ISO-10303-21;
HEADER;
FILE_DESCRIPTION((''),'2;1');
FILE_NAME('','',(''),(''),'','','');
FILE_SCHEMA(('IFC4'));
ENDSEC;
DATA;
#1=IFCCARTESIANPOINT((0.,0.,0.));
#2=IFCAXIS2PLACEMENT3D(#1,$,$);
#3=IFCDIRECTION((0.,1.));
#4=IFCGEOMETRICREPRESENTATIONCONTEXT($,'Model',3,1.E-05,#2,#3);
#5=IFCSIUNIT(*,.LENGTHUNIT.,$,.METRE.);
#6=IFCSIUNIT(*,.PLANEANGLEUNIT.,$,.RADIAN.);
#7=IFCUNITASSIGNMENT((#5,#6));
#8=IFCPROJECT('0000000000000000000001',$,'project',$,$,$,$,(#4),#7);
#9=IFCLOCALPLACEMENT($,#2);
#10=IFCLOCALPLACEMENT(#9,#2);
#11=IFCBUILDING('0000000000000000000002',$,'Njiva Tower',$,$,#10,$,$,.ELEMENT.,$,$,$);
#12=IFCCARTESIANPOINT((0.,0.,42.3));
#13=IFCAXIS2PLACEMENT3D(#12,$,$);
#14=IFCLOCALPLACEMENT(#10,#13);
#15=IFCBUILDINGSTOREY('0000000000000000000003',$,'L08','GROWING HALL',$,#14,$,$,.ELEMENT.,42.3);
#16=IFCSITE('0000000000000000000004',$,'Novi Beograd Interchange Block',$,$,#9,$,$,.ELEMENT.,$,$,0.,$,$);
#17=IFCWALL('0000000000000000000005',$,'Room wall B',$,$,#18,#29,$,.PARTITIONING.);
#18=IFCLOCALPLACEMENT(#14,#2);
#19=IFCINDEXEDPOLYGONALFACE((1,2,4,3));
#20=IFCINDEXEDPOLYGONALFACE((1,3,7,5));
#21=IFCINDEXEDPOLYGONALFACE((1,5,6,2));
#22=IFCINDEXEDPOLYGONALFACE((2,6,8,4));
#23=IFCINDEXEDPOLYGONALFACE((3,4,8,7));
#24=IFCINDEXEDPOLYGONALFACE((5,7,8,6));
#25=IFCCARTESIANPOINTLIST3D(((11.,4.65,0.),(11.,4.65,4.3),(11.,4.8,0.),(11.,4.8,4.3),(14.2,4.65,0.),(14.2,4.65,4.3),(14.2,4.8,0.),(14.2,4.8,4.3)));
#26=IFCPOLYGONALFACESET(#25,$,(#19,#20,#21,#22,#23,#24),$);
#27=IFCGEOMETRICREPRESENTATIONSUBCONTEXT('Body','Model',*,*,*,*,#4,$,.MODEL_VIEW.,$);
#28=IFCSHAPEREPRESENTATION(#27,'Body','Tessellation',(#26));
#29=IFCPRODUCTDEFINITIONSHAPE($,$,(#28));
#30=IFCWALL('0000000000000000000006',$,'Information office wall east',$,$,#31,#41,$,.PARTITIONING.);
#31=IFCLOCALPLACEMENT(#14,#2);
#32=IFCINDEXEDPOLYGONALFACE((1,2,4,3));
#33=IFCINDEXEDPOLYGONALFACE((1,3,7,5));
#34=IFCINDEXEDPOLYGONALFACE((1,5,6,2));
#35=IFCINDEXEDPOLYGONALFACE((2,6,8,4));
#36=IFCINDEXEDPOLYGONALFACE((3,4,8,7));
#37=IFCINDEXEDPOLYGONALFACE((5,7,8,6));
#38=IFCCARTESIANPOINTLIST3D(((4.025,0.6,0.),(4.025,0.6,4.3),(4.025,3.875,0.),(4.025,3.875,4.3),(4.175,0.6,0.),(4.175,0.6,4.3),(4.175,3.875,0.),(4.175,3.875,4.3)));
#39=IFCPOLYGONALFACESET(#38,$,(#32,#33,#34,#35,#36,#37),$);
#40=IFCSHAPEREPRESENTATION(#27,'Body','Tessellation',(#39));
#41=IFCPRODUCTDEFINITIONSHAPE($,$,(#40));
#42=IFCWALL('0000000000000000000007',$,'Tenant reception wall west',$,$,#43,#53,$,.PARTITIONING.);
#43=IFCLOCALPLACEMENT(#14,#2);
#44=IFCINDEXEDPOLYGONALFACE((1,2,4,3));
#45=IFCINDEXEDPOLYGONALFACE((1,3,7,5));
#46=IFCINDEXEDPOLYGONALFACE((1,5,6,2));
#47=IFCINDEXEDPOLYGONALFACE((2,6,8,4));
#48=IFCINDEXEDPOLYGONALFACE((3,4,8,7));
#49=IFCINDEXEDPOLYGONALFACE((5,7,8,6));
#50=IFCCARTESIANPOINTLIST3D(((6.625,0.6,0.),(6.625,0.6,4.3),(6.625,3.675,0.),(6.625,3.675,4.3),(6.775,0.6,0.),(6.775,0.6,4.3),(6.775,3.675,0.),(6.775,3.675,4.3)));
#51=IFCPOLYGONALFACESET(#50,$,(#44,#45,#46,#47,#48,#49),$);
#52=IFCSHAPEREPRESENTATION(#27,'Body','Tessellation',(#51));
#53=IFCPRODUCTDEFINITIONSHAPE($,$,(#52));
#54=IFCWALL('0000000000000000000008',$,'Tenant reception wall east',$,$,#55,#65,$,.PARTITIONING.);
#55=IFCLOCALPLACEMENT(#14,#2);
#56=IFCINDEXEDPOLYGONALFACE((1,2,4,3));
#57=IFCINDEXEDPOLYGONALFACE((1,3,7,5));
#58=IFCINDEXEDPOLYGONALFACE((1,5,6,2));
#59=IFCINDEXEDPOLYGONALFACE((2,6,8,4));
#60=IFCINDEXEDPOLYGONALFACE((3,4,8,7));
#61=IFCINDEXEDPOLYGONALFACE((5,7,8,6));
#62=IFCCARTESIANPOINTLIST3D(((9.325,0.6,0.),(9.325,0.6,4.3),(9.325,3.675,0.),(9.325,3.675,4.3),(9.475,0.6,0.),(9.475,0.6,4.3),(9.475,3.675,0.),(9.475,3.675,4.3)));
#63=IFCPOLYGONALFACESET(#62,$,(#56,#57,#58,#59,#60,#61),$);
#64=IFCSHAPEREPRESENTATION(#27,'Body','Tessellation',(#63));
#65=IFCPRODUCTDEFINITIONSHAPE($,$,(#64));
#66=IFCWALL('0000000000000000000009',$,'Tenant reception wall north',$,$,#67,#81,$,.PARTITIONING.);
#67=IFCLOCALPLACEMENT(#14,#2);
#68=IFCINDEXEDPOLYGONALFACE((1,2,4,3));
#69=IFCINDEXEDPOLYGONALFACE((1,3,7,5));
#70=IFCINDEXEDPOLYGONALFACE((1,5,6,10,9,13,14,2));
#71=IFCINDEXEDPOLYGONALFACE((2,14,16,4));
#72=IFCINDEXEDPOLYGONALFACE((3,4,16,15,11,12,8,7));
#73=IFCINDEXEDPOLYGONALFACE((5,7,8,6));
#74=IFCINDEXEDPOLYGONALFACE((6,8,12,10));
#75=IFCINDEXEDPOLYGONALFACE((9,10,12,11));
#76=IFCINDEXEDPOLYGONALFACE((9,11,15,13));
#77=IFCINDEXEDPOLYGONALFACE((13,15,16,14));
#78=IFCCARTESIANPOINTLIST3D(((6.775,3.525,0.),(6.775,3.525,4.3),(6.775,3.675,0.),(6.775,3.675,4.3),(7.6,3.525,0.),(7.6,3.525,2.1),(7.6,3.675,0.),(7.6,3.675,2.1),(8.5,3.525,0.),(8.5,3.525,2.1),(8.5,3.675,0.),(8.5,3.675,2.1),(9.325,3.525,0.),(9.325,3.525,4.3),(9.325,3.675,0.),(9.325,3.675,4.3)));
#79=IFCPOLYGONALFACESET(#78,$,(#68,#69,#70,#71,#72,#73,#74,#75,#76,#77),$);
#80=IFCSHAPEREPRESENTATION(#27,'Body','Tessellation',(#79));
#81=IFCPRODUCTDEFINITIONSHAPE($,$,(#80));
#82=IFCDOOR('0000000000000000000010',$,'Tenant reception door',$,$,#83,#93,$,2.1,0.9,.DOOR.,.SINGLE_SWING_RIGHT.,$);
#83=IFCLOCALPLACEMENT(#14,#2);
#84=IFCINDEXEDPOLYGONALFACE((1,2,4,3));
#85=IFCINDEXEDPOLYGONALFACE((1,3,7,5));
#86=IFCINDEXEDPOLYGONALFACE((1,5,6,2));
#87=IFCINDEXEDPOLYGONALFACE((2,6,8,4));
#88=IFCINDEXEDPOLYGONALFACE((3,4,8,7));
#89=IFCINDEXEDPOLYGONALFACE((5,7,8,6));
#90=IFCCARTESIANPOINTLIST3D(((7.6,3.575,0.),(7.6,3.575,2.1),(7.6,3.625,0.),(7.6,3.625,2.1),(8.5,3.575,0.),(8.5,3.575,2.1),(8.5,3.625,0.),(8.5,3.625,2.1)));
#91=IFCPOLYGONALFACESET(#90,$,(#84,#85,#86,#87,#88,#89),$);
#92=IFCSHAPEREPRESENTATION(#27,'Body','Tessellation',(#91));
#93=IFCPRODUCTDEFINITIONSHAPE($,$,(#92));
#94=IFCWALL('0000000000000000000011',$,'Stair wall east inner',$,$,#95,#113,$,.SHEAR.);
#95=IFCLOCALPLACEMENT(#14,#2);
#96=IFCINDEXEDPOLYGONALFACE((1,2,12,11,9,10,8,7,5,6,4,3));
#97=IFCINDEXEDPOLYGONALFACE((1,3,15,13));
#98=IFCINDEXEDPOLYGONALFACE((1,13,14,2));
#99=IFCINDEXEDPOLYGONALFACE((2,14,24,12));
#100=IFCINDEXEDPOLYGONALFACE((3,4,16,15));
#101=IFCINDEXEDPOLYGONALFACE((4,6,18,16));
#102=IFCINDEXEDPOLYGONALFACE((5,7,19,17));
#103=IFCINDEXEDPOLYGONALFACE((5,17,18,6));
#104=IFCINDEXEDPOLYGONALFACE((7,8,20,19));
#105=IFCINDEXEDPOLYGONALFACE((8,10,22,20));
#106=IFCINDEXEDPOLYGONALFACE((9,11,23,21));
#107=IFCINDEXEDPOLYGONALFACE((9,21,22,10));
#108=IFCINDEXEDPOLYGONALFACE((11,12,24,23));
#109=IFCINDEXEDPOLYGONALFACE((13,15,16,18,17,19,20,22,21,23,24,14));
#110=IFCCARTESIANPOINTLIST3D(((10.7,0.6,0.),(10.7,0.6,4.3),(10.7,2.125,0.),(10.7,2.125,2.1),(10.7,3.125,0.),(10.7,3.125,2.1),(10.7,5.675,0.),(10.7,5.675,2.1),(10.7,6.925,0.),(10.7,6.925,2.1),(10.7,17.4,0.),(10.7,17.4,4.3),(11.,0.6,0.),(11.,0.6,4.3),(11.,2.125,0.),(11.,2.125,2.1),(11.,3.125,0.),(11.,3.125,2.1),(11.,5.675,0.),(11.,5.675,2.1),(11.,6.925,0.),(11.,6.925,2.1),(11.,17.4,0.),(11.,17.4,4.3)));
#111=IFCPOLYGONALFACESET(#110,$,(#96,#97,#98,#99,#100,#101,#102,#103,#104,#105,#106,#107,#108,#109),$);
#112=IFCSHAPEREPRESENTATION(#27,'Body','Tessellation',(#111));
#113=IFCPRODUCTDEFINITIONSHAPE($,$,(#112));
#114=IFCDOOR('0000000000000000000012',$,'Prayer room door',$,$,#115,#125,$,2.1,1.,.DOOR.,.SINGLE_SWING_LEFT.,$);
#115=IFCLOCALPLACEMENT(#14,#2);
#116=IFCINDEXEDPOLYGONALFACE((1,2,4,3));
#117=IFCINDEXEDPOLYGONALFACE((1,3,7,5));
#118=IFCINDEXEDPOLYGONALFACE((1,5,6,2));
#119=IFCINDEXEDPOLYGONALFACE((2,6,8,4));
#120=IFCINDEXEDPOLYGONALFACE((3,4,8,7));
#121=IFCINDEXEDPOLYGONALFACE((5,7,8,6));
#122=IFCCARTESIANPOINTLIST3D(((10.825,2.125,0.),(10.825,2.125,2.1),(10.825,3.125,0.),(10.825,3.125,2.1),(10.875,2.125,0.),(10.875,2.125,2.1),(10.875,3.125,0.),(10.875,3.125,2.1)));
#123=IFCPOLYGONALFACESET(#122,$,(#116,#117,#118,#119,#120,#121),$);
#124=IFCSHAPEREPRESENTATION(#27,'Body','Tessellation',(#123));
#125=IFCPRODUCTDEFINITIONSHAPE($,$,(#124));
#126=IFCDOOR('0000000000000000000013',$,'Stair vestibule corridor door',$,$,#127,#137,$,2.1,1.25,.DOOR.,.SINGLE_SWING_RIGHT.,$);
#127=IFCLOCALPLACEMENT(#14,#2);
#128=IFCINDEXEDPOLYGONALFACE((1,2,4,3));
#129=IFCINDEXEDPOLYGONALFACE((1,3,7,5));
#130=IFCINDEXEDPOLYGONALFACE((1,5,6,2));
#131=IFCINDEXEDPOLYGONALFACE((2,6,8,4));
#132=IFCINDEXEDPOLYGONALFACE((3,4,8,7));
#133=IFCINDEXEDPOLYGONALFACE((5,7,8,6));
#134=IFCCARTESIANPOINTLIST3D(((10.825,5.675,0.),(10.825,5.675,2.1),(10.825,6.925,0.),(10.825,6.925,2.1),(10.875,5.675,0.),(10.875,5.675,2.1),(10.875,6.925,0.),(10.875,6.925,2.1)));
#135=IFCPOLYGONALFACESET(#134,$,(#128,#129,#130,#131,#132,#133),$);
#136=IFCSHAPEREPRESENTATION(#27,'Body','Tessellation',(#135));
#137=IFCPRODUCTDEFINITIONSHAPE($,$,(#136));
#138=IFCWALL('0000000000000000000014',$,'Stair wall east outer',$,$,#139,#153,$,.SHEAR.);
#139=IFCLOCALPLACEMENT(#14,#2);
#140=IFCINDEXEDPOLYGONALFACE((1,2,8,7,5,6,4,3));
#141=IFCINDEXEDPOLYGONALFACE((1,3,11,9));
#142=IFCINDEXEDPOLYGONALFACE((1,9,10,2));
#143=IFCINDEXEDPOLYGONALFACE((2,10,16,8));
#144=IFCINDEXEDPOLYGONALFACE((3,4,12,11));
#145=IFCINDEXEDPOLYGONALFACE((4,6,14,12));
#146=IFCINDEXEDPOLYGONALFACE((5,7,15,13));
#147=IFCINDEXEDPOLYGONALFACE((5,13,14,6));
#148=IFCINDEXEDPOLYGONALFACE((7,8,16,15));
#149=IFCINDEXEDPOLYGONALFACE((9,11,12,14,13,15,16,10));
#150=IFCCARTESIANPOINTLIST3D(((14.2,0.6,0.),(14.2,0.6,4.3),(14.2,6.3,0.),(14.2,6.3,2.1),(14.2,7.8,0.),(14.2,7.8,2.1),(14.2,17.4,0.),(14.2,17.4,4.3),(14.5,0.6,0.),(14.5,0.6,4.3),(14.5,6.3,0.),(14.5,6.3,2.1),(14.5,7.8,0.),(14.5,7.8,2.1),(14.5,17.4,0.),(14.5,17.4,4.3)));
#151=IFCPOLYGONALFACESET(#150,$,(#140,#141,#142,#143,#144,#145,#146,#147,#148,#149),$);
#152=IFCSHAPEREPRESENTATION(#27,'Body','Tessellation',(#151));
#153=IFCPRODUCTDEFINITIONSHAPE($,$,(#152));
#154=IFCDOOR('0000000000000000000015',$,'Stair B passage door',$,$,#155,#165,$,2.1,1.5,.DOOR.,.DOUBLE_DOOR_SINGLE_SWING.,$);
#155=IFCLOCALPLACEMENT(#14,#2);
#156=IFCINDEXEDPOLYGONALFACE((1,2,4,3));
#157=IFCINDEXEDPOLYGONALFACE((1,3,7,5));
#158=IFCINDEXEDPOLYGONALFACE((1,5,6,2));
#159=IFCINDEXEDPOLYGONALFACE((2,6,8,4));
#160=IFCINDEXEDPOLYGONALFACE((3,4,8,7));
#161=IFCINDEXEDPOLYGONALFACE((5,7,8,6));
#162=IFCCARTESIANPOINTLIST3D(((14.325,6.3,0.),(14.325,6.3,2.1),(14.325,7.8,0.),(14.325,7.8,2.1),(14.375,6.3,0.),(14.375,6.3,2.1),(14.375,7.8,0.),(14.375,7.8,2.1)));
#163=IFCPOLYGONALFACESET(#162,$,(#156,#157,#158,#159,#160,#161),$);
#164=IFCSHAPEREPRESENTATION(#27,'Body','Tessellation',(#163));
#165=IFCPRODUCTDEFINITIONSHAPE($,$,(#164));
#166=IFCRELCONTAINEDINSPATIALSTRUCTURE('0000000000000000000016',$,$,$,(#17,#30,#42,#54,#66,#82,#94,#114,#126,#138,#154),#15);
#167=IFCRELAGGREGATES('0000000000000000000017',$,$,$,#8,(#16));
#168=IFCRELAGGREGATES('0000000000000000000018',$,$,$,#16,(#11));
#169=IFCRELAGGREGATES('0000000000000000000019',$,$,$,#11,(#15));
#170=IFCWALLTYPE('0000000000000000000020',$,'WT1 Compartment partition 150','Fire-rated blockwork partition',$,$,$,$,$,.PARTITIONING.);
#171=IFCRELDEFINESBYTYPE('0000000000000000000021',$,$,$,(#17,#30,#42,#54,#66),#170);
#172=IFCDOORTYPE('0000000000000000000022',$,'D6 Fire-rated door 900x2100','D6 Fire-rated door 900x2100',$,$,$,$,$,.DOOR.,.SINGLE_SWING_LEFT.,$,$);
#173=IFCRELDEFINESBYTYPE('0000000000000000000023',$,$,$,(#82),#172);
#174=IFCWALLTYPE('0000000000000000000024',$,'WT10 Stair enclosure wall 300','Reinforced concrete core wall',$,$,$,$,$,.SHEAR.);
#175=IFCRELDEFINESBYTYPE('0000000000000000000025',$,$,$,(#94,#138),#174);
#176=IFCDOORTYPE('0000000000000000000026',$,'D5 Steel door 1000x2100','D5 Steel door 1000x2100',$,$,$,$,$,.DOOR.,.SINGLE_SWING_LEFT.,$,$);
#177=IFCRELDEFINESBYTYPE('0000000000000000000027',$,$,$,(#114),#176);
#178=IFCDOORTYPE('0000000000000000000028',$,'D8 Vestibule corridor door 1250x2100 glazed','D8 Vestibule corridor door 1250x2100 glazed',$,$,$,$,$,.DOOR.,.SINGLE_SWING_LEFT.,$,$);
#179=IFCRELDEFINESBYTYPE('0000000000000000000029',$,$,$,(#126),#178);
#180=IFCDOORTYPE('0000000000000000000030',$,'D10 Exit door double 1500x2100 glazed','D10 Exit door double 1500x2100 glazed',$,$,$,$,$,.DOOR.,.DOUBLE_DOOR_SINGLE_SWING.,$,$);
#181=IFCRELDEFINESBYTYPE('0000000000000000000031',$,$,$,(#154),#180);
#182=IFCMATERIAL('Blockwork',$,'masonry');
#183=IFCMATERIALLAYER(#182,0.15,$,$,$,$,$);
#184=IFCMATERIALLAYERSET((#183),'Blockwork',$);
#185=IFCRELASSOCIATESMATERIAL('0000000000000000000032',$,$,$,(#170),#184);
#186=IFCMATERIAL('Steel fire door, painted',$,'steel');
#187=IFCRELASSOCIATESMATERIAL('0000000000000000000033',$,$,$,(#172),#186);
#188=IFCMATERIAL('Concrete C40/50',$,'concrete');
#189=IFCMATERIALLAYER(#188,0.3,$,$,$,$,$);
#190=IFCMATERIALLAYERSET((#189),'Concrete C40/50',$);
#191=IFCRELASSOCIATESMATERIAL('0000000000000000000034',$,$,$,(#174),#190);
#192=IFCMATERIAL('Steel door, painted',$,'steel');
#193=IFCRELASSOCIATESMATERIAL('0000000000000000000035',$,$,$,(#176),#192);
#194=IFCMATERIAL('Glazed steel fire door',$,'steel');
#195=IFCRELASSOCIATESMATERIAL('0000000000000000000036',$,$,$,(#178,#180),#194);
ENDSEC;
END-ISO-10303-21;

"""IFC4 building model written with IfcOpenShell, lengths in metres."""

from ifc_helpers import new_model, si_unit, direction, frame, frame_2d, origin, place, context, subcontext, project, spatial, rectangle, extrude, material, layer, layer_set, type_object, element, fill, save


model = new_model("IFC4")

# Units and contexts
model_context = context("Model", 3, precision=1e-05, world=origin(), true_north=direction((0.0, 1.0)))
body_context = subcontext(model_context, "Body", "Model", "MODEL_VIEW")
ifc_project = project(units=[si_unit("LENGTHUNIT", "METRE"), si_unit("PLANEANGLEUNIT", "RADIAN")], contexts=[model_context])

# Site, building, storey
site_placement = place(None, origin())
site = spatial("IfcSite", under=ifc_project, at=site_placement, Name="Novi Beograd Interchange Block", CompositionType="ELEMENT", RefElevation=0.0)
building_placement = place(site_placement, origin())
building = spatial("IfcBuilding", under=site, at=building_placement, Name="Njiva Tower", CompositionType="ELEMENT")
storey_placement = place(building_placement, frame((0.0, 0.0, 42.3)))
storey = spatial("IfcBuildingStorey", under=building, at=storey_placement, Name="L08", Description="GROWING HALL", CompositionType="ELEMENT", Elevation=42.3)

# Shared definitions
ifc_material_1 = material(Name="Concrete C40/50", Category="concrete")

# Walls
ifc_material_2 = material(Name="Blockwork", Category="masonry")
ifc_layer_1 = layer(ifc_material_2, 0.15)
ifc_layer_set_1 = layer_set([ifc_layer_1], Name="Blockwork")
wall_type_1 = type_object("IfcWallType", Name="WT1 Compartment partition 150", Description="Fire-rated blockwork partition", PredefinedType="PARTITIONING", material=ifc_layer_set_1)
wall_1_placement = place(storey_placement, frame((11.0, 4.725, 0.0), z_axis=(0.0, 0.0, 1.0), x_axis=(1.0, 0.0, 0.0)))
element("IfcWall", 1, at=wall_1_placement, inside=storey, type_object=wall_type_1, Name="Room wall B", PredefinedType="PARTITIONING", context=body_context, shape_type="SweptSolid", body=[
    extrude(rectangle(XDim=3.2, YDim=0.15, at=frame_2d((1.6, 0.0))), origin(), (0.0, 0.0, 1.0), 4.3),
])
wall_2_placement = place(storey_placement, frame((4.1, 0.6, 0.0), z_axis=(0.0, 0.0, 1.0), x_axis=(0.0, 1.0, 0.0)))
element("IfcWall", 2, at=wall_2_placement, inside=storey, type_object=wall_type_1, Name="Information office wall east", PredefinedType="PARTITIONING", context=body_context, shape_type="SweptSolid", body=[
    extrude(rectangle(XDim=3.275, YDim=0.15, at=frame_2d((1.6375, 0.0))), origin(), (0.0, 0.0, 1.0), 4.3),
])
for number, where, z_axis, x_axis, name in (
    (3, (6.7, 0.6, 0.0), (0.0, 0.0, 1.0), (0.0, 1.0, 0.0), "Tenant reception wall west"),
    (4, (9.4, 0.6, 0.0), (0.0, 0.0, 1.0), (0.0, 1.0, 0.0), "Tenant reception wall east"),
):
    element("IfcWall", number, at=place(storey_placement, frame(where, z_axis=z_axis, x_axis=x_axis)), inside=storey, type_object=wall_type_1, Name=name, PredefinedType="PARTITIONING", context=body_context, shape_type="SweptSolid", body=[
        extrude(rectangle(XDim=3.075, YDim=0.15, at=frame_2d((1.5375, 0.0))), origin(), (0.0, 0.0, 1.0), 4.3),
    ])

# Wall, opening, door
wall_3_placement = place(storey_placement, frame((6.775, 3.6, 0.0), z_axis=(0.0, 0.0, 1.0), x_axis=(1.0, 0.0, 0.0)))
wall_3 = element("IfcWall", 5, at=wall_3_placement, inside=storey, type_object=wall_type_1, Name="Tenant reception wall north", PredefinedType="PARTITIONING", context=body_context, shape_type="SweptSolid", body=[
    extrude(rectangle(XDim=2.55, YDim=0.15, at=frame_2d((1.275, 0.0))), origin(), (0.0, 0.0, 1.0), 4.3),
])
opening_1_placement = place(wall_3_placement, frame((0.825, 0.0, 0.0)))
opening_1 = element("IfcOpeningElement", 6, at=opening_1_placement, cuts=wall_3, PredefinedType="OPENING", context=body_context, shape_type="SweptSolid", body=[
    extrude(rectangle(XDim=0.9, YDim=2.1, at=frame_2d((0.45, 1.05))), frame((0.0, 0.085, 0.0), z_axis=(0.0, -1.0, 0.0), x_axis=(1.0, 0.0, 0.0)), (0.0, 0.0, 1.0), 0.17),
])
ifc_material_3 = material(Name="Steel fire door, painted", Category="steel")
door_type_1 = type_object("IfcDoorType", Name="D6 Fire-rated door 900x2100", Description="D6 Fire-rated door 900x2100", OperationType="SINGLE_SWING_LEFT", PredefinedType="DOOR", material=ifc_material_3)
door_1_placement = place(opening_1_placement, origin())
door_1 = element("IfcDoor", 7, at=door_1_placement, inside=storey, type_object=door_type_1, Name="Tenant reception door", OperationType="SINGLE_SWING_RIGHT", OverallHeight=2.1, OverallWidth=0.9, PredefinedType="DOOR", context=body_context, shape_type="SweptSolid", body=[
    extrude(rectangle(XDim=0.9, YDim=2.1, at=frame_2d((0.45, 1.05))), frame((0.0, 0.025, 0.0), z_axis=(0.0, -1.0, 0.0), x_axis=(1.0, 0.0, 0.0)), (0.0, 0.0, 1.0), 0.05),
])
fill(opening_1, door_1)

# Wall, openings, doors
ifc_layer_2 = layer(ifc_material_1, 0.3)
ifc_layer_set_2 = layer_set([ifc_layer_2], Name="Concrete C40/50")
wall_type_2 = type_object("IfcWallType", Name="WT10 Stair enclosure wall 300", Description="Reinforced concrete core wall", PredefinedType="SHEAR", material=ifc_layer_set_2)
wall_4_placement = place(storey_placement, frame((10.85, 0.6, 0.0), z_axis=(0.0, 0.0, 1.0), x_axis=(0.0, 1.0, 0.0)))
wall_4 = element("IfcWall", 8, at=wall_4_placement, inside=storey, type_object=wall_type_2, Name="Stair wall east inner", PredefinedType="SHEAR", context=body_context, shape_type="SweptSolid", body=[
    extrude(rectangle(XDim=16.8, YDim=0.3, at=frame_2d((8.4, 0.0))), origin(), (0.0, 0.0, 1.0), 4.3),
])
opening_2_placement = place(wall_4_placement, frame((5.075, 0.0, 0.0)))
opening_2 = element("IfcOpeningElement", 9, at=opening_2_placement, cuts=wall_4, PredefinedType="OPENING", context=body_context, shape_type="SweptSolid", body=[
    extrude(rectangle(XDim=1.25, YDim=2.1, at=frame_2d((0.625, 1.05))), frame((0.0, 0.16, 0.0), z_axis=(0.0, -1.0, 0.0), x_axis=(1.0, 0.0, 0.0)), (0.0, 0.0, 1.0), 0.32),
])
opening_3_placement = place(wall_4_placement, frame((1.525, 0.0, 0.0)))
opening_3 = element("IfcOpeningElement", 10, at=opening_3_placement, cuts=wall_4, PredefinedType="OPENING", context=body_context, shape_type="SweptSolid", body=[
    extrude(rectangle(XDim=1.0, YDim=2.1, at=frame_2d((0.5, 1.05))), frame((0.0, 0.16, 0.0), z_axis=(0.0, -1.0, 0.0), x_axis=(1.0, 0.0, 0.0)), (0.0, 0.0, 1.0), 0.32),
])
ifc_material_4 = material(Name="Steel door, painted", Category="steel")
door_type_2 = type_object("IfcDoorType", Name="D5 Steel door 1000x2100", Description="D5 Steel door 1000x2100", OperationType="SINGLE_SWING_LEFT", PredefinedType="DOOR", material=ifc_material_4)
door_2_placement = place(opening_3_placement, origin())
door_2 = element("IfcDoor", 11, at=door_2_placement, inside=storey, type_object=door_type_2, Name="Prayer room door", OperationType="SINGLE_SWING_LEFT", OverallHeight=2.1, OverallWidth=1.0, PredefinedType="DOOR", context=body_context, shape_type="SweptSolid", body=[
    extrude(rectangle(XDim=1.0, YDim=2.1, at=frame_2d((0.5, 1.05))), frame((0.0, 0.025, 0.0), z_axis=(0.0, -1.0, 0.0), x_axis=(1.0, 0.0, 0.0)), (0.0, 0.0, 1.0), 0.05),
])
fill(opening_3, door_2)
ifc_material_5 = material(Name="Glazed steel fire door", Category="steel")
door_type_3 = type_object("IfcDoorType", Name="D8 Vestibule corridor door 1250x2100 glazed", Description="D8 Vestibule corridor door 1250x2100 glazed", OperationType="SINGLE_SWING_LEFT", PredefinedType="DOOR", material=ifc_material_5)
door_3_placement = place(opening_2_placement, origin())
door_3 = element("IfcDoor", 12, at=door_3_placement, inside=storey, type_object=door_type_3, Name="Stair vestibule corridor door", OperationType="SINGLE_SWING_RIGHT", OverallHeight=2.1, OverallWidth=1.25, PredefinedType="DOOR", context=body_context, shape_type="SweptSolid", body=[
    extrude(rectangle(XDim=1.25, YDim=2.1, at=frame_2d((0.625, 1.05))), frame((0.0, 0.025, 0.0), z_axis=(0.0, -1.0, 0.0), x_axis=(1.0, 0.0, 0.0)), (0.0, 0.0, 1.0), 0.05),
])
fill(opening_2, door_3)

# Wall, opening, door
wall_5_placement = place(storey_placement, frame((14.35, 0.6, 0.0), z_axis=(0.0, 0.0, 1.0), x_axis=(0.0, 1.0, 0.0)))
wall_5 = element("IfcWall", 13, at=wall_5_placement, inside=storey, type_object=wall_type_2, Name="Stair wall east outer", PredefinedType="SHEAR", context=body_context, shape_type="SweptSolid", body=[
    extrude(rectangle(XDim=16.8, YDim=0.3, at=frame_2d((8.4, 0.0))), origin(), (0.0, 0.0, 1.0), 4.3),
])
opening_4_placement = place(wall_5_placement, frame((5.7, 0.0, 0.0)))
opening_4 = element("IfcOpeningElement", 14, at=opening_4_placement, cuts=wall_5, PredefinedType="OPENING", context=body_context, shape_type="SweptSolid", body=[
    extrude(rectangle(XDim=1.5, YDim=2.1, at=frame_2d((0.75, 1.05))), frame((0.0, 0.16, 0.0), z_axis=(0.0, -1.0, 0.0), x_axis=(1.0, 0.0, 0.0)), (0.0, 0.0, 1.0), 0.32),
])
door_type_4 = type_object("IfcDoorType", Name="D10 Exit door double 1500x2100 glazed", Description="D10 Exit door double 1500x2100 glazed", OperationType="DOUBLE_DOOR_SINGLE_SWING", PredefinedType="DOOR", material=ifc_material_5)
door_4_placement = place(opening_4_placement, origin())
door_4 = element("IfcDoor", 15, at=door_4_placement, inside=storey, type_object=door_type_4, Name="Stair B passage door", OperationType="DOUBLE_DOOR_SINGLE_SWING", OverallHeight=2.1, OverallWidth=1.5, PredefinedType="DOOR", context=body_context, shape_type="SweptSolid", body=[
    extrude(rectangle(XDim=1.5, YDim=2.1, at=frame_2d((0.75, 1.05))), frame((0.0, 0.025, 0.0), z_axis=(0.0, -1.0, 0.0), x_axis=(1.0, 0.0, 0.0)), (0.0, 0.0, 1.0), 0.05),
])
fill(opening_4, door_4)

save(model, "model.ifc")
